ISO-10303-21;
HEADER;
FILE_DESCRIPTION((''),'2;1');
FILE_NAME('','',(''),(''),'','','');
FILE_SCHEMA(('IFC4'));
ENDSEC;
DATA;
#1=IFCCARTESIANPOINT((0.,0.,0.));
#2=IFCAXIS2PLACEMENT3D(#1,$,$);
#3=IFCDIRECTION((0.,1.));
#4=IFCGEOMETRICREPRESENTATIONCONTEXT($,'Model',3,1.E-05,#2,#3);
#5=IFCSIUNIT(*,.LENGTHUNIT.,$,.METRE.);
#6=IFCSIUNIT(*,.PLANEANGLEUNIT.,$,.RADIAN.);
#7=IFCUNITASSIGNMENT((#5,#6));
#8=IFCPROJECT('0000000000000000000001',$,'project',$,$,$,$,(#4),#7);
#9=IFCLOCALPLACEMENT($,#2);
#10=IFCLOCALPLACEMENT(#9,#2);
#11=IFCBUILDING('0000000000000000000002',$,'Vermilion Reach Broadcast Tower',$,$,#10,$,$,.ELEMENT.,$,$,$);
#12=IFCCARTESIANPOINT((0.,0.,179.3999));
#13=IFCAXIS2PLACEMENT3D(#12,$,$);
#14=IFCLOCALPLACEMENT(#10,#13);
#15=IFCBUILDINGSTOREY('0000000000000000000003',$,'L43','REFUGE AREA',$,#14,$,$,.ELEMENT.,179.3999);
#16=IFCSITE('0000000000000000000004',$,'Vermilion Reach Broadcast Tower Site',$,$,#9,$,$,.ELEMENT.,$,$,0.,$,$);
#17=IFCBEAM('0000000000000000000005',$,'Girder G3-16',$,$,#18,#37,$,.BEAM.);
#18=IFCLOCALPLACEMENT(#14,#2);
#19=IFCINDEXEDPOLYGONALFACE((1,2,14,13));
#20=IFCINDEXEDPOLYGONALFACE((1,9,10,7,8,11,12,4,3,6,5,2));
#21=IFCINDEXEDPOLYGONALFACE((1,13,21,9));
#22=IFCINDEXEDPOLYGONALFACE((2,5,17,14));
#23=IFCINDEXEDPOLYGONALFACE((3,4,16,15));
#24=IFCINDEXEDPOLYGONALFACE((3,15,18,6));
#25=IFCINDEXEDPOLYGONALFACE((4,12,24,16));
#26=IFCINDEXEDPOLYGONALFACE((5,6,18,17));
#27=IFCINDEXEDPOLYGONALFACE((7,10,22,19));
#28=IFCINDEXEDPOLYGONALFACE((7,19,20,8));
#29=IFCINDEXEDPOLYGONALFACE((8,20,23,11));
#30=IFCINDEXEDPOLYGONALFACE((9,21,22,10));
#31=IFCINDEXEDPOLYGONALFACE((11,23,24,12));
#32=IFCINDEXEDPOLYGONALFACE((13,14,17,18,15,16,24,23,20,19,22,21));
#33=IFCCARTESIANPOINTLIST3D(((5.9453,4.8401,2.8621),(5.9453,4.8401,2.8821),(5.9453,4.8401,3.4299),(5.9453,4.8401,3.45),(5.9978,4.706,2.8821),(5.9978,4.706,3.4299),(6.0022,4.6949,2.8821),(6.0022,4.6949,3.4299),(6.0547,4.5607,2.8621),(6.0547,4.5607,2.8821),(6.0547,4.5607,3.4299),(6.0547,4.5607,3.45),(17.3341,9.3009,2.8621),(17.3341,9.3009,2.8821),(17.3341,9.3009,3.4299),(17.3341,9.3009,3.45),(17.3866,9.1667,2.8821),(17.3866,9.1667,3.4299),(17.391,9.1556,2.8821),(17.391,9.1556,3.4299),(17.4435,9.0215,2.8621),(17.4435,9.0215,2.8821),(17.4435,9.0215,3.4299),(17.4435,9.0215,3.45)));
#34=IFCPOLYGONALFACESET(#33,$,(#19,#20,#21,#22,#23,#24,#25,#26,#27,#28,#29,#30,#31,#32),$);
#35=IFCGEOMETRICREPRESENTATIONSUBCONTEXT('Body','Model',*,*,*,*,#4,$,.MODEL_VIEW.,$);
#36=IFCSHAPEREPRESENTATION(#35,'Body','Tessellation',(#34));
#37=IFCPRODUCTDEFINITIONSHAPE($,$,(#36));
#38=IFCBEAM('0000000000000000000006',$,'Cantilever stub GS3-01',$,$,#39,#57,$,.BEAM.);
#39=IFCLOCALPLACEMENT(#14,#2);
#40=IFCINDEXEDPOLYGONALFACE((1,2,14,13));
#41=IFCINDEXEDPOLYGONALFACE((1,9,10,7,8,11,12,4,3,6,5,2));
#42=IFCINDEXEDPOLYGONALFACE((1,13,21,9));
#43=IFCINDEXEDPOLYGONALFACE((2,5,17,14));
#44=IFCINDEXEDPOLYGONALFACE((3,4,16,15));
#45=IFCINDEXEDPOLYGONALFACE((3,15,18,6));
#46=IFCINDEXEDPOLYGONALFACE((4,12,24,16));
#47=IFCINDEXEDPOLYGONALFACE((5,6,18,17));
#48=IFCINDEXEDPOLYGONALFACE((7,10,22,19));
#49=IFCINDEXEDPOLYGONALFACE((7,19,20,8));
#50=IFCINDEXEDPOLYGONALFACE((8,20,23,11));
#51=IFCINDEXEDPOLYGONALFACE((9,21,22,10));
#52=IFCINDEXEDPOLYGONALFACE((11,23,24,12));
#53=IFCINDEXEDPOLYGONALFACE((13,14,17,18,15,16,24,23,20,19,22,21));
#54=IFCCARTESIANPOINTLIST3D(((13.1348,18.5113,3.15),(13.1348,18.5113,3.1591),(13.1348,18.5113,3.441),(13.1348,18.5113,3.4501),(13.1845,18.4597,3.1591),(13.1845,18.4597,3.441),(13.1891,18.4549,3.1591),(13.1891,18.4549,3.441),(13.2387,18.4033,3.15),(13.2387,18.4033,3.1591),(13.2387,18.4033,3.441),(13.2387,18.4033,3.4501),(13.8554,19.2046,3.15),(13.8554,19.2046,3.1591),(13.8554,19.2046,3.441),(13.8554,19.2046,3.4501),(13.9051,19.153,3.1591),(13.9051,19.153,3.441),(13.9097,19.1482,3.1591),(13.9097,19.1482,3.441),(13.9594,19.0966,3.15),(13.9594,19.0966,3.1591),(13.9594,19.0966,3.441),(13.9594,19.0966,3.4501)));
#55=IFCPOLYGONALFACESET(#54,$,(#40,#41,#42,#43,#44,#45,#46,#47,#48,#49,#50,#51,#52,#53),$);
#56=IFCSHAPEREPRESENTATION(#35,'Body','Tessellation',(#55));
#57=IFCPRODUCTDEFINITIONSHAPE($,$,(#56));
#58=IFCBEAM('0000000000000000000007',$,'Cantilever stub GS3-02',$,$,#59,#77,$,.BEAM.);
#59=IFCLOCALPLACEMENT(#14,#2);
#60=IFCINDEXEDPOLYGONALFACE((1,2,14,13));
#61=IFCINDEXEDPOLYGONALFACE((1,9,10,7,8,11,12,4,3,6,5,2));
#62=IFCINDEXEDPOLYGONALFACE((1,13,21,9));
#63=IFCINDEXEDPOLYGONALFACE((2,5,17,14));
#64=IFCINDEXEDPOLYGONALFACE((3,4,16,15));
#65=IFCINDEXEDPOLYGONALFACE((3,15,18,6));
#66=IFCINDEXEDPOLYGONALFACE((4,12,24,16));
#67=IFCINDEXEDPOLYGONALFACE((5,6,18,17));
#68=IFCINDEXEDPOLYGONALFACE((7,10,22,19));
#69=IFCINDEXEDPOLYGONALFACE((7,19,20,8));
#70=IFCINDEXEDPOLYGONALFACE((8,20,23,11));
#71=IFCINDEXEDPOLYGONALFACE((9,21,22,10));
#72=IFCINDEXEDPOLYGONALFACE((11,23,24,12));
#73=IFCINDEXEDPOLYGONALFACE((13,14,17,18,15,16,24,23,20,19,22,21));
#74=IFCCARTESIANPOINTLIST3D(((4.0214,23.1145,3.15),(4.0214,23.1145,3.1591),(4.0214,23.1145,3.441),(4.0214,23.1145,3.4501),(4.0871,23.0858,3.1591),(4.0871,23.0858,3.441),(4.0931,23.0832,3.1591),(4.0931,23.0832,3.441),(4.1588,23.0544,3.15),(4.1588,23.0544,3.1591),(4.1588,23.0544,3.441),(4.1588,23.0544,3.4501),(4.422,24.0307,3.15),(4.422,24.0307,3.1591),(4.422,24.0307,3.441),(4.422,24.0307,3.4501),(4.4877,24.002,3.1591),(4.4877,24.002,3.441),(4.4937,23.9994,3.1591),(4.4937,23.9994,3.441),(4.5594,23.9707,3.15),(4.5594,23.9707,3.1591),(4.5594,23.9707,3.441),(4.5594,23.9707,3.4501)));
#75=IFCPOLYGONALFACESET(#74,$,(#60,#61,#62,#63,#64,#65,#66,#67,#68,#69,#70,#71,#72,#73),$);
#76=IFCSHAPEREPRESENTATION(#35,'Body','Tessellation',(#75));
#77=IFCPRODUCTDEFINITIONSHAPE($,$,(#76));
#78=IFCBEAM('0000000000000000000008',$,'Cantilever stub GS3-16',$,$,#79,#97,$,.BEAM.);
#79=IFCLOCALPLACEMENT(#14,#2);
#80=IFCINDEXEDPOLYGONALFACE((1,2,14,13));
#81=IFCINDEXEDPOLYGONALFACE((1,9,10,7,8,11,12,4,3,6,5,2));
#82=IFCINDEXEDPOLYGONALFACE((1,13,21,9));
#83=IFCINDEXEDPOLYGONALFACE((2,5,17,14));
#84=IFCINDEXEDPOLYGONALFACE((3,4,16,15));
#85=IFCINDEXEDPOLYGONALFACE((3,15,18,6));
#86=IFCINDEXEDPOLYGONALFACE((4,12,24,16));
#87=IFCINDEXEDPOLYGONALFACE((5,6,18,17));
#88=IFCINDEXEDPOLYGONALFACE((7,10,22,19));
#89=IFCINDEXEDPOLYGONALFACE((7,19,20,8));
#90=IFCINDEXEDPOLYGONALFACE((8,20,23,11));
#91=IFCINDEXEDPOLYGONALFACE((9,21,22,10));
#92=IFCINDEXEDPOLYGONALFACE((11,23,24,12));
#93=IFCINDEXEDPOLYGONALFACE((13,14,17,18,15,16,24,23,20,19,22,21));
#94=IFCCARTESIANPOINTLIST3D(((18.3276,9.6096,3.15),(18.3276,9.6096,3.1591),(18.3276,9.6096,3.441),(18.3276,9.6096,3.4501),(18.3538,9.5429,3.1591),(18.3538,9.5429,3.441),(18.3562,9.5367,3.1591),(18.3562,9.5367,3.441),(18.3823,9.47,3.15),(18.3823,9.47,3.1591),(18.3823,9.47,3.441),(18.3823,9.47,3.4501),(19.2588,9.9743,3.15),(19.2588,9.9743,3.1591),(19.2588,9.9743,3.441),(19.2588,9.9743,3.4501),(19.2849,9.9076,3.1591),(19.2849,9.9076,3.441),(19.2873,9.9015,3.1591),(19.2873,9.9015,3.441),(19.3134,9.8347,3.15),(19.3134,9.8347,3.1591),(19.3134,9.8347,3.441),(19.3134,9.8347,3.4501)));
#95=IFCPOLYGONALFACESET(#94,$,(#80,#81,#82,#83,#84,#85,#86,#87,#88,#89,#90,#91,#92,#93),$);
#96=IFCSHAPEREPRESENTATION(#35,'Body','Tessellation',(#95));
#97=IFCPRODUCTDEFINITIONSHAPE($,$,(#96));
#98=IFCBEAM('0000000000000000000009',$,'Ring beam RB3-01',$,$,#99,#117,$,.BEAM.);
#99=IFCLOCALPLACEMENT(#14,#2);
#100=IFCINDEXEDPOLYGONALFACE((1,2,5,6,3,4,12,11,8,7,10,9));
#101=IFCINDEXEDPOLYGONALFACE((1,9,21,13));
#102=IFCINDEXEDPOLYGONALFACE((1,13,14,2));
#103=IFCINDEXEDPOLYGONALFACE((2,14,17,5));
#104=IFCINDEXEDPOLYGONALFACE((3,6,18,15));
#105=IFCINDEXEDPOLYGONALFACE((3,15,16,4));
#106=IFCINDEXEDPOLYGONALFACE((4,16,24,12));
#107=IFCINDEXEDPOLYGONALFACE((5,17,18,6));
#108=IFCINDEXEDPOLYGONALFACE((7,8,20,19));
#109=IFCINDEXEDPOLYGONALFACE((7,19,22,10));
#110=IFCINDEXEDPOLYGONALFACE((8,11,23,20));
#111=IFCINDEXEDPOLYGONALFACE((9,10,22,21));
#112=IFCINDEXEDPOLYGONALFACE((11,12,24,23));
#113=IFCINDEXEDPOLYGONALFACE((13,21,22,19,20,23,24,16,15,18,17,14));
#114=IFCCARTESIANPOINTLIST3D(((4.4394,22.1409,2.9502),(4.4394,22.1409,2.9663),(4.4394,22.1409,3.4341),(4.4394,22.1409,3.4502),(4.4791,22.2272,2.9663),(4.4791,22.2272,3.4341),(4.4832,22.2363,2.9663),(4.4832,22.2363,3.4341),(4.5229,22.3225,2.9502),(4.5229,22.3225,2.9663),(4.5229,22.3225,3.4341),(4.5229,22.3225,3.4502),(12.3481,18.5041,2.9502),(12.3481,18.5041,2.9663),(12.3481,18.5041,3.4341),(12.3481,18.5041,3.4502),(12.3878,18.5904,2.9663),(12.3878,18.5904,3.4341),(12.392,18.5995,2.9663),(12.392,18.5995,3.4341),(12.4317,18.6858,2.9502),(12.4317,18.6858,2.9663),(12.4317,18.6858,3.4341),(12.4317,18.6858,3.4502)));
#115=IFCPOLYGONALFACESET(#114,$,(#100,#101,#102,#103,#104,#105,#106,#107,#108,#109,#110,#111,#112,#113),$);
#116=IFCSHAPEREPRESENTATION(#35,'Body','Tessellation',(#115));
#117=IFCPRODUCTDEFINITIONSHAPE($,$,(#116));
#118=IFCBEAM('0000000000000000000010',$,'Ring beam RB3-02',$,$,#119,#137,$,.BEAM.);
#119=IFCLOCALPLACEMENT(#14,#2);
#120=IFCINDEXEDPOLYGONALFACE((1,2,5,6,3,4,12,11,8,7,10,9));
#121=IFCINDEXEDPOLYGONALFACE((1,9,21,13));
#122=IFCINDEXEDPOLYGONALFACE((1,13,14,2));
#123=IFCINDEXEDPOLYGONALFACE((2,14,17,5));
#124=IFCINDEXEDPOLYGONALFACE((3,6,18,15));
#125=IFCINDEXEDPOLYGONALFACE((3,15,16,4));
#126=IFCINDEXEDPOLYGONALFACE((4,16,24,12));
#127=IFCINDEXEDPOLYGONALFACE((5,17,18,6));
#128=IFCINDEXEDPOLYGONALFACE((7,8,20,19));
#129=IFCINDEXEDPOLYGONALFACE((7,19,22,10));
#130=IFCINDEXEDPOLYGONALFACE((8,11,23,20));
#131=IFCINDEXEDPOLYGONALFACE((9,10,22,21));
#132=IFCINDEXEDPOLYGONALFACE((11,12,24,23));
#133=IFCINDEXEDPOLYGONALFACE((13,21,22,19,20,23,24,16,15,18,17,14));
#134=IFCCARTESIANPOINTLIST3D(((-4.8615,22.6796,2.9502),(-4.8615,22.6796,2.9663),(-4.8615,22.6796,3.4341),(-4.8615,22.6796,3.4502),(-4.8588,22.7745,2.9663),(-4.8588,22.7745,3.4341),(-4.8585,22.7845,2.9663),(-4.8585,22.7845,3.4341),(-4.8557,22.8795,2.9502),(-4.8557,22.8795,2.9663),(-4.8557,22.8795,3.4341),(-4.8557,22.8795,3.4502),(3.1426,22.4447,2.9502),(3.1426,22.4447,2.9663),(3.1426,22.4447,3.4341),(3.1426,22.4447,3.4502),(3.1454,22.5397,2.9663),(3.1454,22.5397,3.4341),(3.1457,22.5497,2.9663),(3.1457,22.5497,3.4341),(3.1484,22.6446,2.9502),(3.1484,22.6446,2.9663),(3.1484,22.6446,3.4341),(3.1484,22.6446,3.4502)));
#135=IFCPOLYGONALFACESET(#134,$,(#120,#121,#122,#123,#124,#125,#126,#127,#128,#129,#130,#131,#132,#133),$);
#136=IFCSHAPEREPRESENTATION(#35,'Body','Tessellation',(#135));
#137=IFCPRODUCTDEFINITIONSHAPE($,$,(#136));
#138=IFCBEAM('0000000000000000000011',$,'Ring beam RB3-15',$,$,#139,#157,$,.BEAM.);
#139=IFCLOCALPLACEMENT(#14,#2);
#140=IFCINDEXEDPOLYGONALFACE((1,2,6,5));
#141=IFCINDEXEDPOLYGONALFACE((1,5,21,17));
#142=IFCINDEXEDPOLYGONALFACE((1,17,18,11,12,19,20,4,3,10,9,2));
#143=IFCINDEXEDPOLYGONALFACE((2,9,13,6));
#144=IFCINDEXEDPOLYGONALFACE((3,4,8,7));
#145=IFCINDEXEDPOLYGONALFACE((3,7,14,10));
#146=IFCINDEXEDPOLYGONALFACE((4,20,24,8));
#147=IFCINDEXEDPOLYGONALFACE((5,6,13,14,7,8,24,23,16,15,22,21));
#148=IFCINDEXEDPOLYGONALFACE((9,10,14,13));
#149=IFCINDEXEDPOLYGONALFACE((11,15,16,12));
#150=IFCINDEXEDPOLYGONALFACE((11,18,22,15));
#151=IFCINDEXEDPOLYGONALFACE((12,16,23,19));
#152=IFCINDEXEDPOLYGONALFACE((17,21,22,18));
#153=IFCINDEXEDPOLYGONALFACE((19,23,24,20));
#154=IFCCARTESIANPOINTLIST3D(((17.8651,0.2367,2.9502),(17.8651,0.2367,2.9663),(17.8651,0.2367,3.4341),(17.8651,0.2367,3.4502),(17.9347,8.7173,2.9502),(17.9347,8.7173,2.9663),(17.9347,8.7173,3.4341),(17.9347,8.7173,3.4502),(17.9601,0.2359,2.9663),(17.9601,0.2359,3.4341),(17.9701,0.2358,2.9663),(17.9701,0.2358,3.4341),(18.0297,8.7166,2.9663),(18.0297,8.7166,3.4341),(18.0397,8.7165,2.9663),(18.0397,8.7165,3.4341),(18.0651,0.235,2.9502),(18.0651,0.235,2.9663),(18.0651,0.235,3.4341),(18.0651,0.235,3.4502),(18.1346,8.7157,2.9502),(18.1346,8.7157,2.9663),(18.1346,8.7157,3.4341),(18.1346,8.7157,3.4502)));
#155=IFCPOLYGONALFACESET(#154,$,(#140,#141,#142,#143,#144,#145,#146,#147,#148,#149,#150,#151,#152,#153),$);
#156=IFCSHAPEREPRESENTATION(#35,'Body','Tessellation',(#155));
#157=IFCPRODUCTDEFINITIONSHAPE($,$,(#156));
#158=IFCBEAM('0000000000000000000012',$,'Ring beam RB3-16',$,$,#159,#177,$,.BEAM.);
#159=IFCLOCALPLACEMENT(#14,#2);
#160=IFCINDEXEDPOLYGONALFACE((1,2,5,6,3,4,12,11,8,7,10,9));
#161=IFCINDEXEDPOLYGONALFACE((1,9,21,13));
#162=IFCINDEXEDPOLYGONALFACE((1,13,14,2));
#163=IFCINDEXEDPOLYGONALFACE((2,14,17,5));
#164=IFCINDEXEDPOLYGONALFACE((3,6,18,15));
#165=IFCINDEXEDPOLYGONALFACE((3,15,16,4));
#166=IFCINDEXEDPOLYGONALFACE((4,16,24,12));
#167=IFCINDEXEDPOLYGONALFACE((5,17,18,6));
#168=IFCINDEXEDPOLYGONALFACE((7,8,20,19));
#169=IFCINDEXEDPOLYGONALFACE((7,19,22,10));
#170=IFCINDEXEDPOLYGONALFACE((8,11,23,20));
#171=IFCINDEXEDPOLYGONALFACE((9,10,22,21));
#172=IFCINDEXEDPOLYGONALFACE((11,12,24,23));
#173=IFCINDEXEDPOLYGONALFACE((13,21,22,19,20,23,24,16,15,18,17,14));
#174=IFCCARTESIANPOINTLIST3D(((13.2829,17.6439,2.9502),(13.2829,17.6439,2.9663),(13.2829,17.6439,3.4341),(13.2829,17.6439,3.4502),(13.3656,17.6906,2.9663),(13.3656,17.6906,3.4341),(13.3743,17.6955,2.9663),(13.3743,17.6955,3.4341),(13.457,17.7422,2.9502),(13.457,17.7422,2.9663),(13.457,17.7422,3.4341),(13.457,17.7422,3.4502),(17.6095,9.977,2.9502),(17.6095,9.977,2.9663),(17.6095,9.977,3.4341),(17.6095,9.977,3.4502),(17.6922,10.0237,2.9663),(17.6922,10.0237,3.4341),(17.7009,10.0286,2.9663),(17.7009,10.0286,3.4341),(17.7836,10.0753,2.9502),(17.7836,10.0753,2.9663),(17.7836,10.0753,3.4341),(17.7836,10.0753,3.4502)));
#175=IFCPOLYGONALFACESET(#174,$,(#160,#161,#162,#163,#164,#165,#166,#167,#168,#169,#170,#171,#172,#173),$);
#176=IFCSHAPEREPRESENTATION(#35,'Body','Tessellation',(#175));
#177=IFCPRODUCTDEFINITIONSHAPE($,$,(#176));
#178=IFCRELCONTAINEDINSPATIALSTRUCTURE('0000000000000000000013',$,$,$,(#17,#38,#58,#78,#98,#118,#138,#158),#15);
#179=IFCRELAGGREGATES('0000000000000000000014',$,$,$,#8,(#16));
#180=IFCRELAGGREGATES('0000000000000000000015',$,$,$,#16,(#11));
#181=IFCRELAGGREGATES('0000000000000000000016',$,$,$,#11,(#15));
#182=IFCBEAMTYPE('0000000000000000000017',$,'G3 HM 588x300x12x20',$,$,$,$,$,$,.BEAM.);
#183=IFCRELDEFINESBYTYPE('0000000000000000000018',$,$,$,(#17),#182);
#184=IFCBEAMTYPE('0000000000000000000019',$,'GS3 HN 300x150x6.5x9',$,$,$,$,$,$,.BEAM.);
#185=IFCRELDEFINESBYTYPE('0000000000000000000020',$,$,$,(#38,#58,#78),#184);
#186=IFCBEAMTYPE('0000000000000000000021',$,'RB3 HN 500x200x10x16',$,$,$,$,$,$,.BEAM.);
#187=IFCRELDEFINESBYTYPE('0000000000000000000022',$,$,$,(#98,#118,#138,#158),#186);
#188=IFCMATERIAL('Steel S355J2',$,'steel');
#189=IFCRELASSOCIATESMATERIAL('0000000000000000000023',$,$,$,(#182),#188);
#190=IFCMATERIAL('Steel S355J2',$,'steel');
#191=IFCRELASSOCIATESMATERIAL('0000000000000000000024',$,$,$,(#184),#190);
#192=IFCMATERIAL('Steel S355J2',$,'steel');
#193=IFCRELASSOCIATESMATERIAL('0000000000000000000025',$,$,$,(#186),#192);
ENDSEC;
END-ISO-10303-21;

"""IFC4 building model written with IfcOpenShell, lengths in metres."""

from ifc_helpers import new_model, si_unit, direction, frame, origin, origin_2d, place, context, subcontext, project, spatial, i_section, extrude, material, material_profile, profile_set, type_object, element, save


model = new_model("IFC4")

# Units and contexts
model_context = context("Model", 3, precision=1e-05, world=origin(), true_north=direction((0.0, 1.0)))
body_context = subcontext(model_context, "Body", "Model", "MODEL_VIEW")
ifc_project = project(units=[si_unit("LENGTHUNIT", "METRE"), si_unit("PLANEANGLEUNIT", "RADIAN")], contexts=[model_context])

# Site, building, storey
site_placement = place(None, origin())
site = spatial("IfcSite", under=ifc_project, at=site_placement, Name="Vermilion Reach Broadcast Tower Site", CompositionType="ELEMENT", RefElevation=0.0)
building_placement = place(site_placement, origin())
building = spatial("IfcBuilding", under=site, at=building_placement, Name="Vermilion Reach Broadcast Tower", CompositionType="ELEMENT")
storey_placement = place(building_placement, frame((0.0, 0.0, 179.3999)))
storey = spatial("IfcBuildingStorey", under=building, at=storey_placement, Name="L43", Description="REFUGE AREA", CompositionType="ELEMENT", Elevation=179.3999)

# Beams
ifc_material_1 = material(Name="Steel S355J2", Category="steel")
ifc_material_profile_1 = material_profile(ifc_material_1, i_section(OverallWidth=0.3, OverallDepth=0.5879, WebThickness=0.012, FlangeThickness=0.02, at=origin_2d()), Name="S355J2 HM 588x300x12x20")
ifc_profile_set_1 = profile_set([ifc_material_profile_1], Name="Steel S355J2")
beam_type_1 = type_object("IfcBeamType", Name="G3 HM 588x300x12x20", PredefinedType="BEAM", material=ifc_profile_set_1)
beam_1_placement = place(storey_placement, frame((6.0, 4.7004, 3.156), z_axis=(0.931125, 0.364701, 0.0), x_axis=(-0.364701, 0.931125, 0.0)))
element("IfcBeam", 1, at=beam_1_placement, inside=storey, type_object=beam_type_1, Name="Girder G3-16", PredefinedType="BEAM", context=body_context, shape_type="SweptSolid", body=[
    extrude(i_section(OverallWidth=0.3, OverallDepth=0.5879, WebThickness=0.012, FlangeThickness=0.02, at=origin_2d()), origin(), (0.0, 0.0, 1.0), 12.2312),
])
ifc_material_2 = material(Name="Steel S355J2", Category="steel")
ifc_material_profile_2 = material_profile(ifc_material_2, i_section(OverallWidth=0.1499, OverallDepth=0.3, WebThickness=0.0066, FlangeThickness=0.009, at=origin_2d()), Name="S355J2 HN 300x150x6.5x9")
ifc_profile_set_2 = profile_set([ifc_material_profile_2], Name="Steel S355J2")
beam_type_2 = type_object("IfcBeamType", Name="GS3 HN 300x150x6.5x9", PredefinedType="BEAM", material=ifc_profile_set_2)
for number, where, z_axis, x_axis, name in (
    (2, (13.1868, 18.4573, 3.3), (0.720645, 0.693304, 0.0), (-0.693304, 0.720645, 0.0), "Cantilever stub GS3-01"),
    (3, (4.0901, 23.0845, 3.3), (0.400627, 0.916241, 0.0), (-0.916241, 0.400627, 0.0), "Cantilever stub GS3-02"),
    (4, (18.355, 9.5398, 3.3), (0.931113, 0.364731, 0.0), (-0.364731, 0.931113, 0.0), "Cantilever stub GS3-16"),
):
    element("IfcBeam", number, at=place(storey_placement, frame(where, z_axis=z_axis, x_axis=x_axis)), inside=storey, type_object=beam_type_2, Name=name, PredefinedType="BEAM", context=body_context, shape_type="SweptSolid", body=[
        extrude(i_section(OverallWidth=0.1499, OverallDepth=0.3, WebThickness=0.0066, FlangeThickness=0.009, at=origin_2d()), origin(), (0.0, 0.0, 1.0), 1.0),
    ])
ifc_material_3 = material(Name="Steel S355J2", Category="steel")
ifc_material_profile_3 = material_profile(ifc_material_3, i_section(OverallWidth=0.2, OverallDepth=0.5, WebThickness=0.01, FlangeThickness=0.0161, at=origin_2d()), Name="S355J2 HN 500x200x10x16")
ifc_profile_set_3 = profile_set([ifc_material_profile_3], Name="Steel S355J2")
beam_type_3 = type_object("IfcBeamType", Name="RB3 HN 500x200x10x16", PredefinedType="BEAM", material=ifc_profile_set_3)
beam_2_placement = place(storey_placement, frame((12.3899, 18.595, 3.2002), z_axis=(-0.908546, 0.417784, 0.0), x_axis=(-0.417784, -0.908546, 0.0)))
element("IfcBeam", 5, at=beam_2_placement, inside=storey, type_object=beam_type_3, Name="Ring beam RB3-01", PredefinedType="BEAM", context=body_context, shape_type="SweptSolid", body=[
    extrude(i_section(OverallWidth=0.2, OverallDepth=0.5, WebThickness=0.01, FlangeThickness=0.0161, at=origin_2d()), origin(), (0.0, 0.0, 1.0), 8.7048),
])
beam_3_placement = place(storey_placement, frame((3.1455, 22.5447, 3.2002), z_axis=(-0.99957, 0.02933, 0.0), x_axis=(-0.02933, -0.99957, 0.0)))
element("IfcBeam", 6, at=beam_3_placement, inside=storey, type_object=beam_type_3, Name="Ring beam RB3-02", PredefinedType="BEAM", context=body_context, shape_type="SweptSolid", body=[
    extrude(i_section(OverallWidth=0.2, OverallDepth=0.5, WebThickness=0.01, FlangeThickness=0.0161, at=origin_2d()), origin(), (0.0, 0.0, 1.0), 8.0076),
])
beam_4_placement = place(storey_placement, frame((17.9651, 0.2358, 3.2002), z_axis=(0.008204, 0.999966, 0.0), x_axis=(-0.999966, 0.008204, 0.0)))
element("IfcBeam", 7, at=beam_4_placement, inside=storey, type_object=beam_type_3, Name="Ring beam RB3-15", PredefinedType="BEAM", context=body_context, shape_type="SweptSolid", body=[
    extrude(i_section(OverallWidth=0.2, OverallDepth=0.5, WebThickness=0.01, FlangeThickness=0.0161, at=origin_2d()), origin(), (0.0, 0.0, 1.0), 8.481),
])
beam_5_placement = place(storey_placement, frame((17.6965, 10.0261, 3.2002), z_axis=(-0.491467, 0.870896, 0.0), x_axis=(-0.870896, -0.491467, 0.0)))
element("IfcBeam", 8, at=beam_5_placement, inside=storey, type_object=beam_type_3, Name="Ring beam RB3-16", PredefinedType="BEAM", context=body_context, shape_type="SweptSolid", body=[
    extrude(i_section(OverallWidth=0.2, OverallDepth=0.5, WebThickness=0.01, FlangeThickness=0.0161, at=origin_2d()), origin(), (0.0, 0.0, 1.0), 8.8035),
])

save(model, "model.ifc")
